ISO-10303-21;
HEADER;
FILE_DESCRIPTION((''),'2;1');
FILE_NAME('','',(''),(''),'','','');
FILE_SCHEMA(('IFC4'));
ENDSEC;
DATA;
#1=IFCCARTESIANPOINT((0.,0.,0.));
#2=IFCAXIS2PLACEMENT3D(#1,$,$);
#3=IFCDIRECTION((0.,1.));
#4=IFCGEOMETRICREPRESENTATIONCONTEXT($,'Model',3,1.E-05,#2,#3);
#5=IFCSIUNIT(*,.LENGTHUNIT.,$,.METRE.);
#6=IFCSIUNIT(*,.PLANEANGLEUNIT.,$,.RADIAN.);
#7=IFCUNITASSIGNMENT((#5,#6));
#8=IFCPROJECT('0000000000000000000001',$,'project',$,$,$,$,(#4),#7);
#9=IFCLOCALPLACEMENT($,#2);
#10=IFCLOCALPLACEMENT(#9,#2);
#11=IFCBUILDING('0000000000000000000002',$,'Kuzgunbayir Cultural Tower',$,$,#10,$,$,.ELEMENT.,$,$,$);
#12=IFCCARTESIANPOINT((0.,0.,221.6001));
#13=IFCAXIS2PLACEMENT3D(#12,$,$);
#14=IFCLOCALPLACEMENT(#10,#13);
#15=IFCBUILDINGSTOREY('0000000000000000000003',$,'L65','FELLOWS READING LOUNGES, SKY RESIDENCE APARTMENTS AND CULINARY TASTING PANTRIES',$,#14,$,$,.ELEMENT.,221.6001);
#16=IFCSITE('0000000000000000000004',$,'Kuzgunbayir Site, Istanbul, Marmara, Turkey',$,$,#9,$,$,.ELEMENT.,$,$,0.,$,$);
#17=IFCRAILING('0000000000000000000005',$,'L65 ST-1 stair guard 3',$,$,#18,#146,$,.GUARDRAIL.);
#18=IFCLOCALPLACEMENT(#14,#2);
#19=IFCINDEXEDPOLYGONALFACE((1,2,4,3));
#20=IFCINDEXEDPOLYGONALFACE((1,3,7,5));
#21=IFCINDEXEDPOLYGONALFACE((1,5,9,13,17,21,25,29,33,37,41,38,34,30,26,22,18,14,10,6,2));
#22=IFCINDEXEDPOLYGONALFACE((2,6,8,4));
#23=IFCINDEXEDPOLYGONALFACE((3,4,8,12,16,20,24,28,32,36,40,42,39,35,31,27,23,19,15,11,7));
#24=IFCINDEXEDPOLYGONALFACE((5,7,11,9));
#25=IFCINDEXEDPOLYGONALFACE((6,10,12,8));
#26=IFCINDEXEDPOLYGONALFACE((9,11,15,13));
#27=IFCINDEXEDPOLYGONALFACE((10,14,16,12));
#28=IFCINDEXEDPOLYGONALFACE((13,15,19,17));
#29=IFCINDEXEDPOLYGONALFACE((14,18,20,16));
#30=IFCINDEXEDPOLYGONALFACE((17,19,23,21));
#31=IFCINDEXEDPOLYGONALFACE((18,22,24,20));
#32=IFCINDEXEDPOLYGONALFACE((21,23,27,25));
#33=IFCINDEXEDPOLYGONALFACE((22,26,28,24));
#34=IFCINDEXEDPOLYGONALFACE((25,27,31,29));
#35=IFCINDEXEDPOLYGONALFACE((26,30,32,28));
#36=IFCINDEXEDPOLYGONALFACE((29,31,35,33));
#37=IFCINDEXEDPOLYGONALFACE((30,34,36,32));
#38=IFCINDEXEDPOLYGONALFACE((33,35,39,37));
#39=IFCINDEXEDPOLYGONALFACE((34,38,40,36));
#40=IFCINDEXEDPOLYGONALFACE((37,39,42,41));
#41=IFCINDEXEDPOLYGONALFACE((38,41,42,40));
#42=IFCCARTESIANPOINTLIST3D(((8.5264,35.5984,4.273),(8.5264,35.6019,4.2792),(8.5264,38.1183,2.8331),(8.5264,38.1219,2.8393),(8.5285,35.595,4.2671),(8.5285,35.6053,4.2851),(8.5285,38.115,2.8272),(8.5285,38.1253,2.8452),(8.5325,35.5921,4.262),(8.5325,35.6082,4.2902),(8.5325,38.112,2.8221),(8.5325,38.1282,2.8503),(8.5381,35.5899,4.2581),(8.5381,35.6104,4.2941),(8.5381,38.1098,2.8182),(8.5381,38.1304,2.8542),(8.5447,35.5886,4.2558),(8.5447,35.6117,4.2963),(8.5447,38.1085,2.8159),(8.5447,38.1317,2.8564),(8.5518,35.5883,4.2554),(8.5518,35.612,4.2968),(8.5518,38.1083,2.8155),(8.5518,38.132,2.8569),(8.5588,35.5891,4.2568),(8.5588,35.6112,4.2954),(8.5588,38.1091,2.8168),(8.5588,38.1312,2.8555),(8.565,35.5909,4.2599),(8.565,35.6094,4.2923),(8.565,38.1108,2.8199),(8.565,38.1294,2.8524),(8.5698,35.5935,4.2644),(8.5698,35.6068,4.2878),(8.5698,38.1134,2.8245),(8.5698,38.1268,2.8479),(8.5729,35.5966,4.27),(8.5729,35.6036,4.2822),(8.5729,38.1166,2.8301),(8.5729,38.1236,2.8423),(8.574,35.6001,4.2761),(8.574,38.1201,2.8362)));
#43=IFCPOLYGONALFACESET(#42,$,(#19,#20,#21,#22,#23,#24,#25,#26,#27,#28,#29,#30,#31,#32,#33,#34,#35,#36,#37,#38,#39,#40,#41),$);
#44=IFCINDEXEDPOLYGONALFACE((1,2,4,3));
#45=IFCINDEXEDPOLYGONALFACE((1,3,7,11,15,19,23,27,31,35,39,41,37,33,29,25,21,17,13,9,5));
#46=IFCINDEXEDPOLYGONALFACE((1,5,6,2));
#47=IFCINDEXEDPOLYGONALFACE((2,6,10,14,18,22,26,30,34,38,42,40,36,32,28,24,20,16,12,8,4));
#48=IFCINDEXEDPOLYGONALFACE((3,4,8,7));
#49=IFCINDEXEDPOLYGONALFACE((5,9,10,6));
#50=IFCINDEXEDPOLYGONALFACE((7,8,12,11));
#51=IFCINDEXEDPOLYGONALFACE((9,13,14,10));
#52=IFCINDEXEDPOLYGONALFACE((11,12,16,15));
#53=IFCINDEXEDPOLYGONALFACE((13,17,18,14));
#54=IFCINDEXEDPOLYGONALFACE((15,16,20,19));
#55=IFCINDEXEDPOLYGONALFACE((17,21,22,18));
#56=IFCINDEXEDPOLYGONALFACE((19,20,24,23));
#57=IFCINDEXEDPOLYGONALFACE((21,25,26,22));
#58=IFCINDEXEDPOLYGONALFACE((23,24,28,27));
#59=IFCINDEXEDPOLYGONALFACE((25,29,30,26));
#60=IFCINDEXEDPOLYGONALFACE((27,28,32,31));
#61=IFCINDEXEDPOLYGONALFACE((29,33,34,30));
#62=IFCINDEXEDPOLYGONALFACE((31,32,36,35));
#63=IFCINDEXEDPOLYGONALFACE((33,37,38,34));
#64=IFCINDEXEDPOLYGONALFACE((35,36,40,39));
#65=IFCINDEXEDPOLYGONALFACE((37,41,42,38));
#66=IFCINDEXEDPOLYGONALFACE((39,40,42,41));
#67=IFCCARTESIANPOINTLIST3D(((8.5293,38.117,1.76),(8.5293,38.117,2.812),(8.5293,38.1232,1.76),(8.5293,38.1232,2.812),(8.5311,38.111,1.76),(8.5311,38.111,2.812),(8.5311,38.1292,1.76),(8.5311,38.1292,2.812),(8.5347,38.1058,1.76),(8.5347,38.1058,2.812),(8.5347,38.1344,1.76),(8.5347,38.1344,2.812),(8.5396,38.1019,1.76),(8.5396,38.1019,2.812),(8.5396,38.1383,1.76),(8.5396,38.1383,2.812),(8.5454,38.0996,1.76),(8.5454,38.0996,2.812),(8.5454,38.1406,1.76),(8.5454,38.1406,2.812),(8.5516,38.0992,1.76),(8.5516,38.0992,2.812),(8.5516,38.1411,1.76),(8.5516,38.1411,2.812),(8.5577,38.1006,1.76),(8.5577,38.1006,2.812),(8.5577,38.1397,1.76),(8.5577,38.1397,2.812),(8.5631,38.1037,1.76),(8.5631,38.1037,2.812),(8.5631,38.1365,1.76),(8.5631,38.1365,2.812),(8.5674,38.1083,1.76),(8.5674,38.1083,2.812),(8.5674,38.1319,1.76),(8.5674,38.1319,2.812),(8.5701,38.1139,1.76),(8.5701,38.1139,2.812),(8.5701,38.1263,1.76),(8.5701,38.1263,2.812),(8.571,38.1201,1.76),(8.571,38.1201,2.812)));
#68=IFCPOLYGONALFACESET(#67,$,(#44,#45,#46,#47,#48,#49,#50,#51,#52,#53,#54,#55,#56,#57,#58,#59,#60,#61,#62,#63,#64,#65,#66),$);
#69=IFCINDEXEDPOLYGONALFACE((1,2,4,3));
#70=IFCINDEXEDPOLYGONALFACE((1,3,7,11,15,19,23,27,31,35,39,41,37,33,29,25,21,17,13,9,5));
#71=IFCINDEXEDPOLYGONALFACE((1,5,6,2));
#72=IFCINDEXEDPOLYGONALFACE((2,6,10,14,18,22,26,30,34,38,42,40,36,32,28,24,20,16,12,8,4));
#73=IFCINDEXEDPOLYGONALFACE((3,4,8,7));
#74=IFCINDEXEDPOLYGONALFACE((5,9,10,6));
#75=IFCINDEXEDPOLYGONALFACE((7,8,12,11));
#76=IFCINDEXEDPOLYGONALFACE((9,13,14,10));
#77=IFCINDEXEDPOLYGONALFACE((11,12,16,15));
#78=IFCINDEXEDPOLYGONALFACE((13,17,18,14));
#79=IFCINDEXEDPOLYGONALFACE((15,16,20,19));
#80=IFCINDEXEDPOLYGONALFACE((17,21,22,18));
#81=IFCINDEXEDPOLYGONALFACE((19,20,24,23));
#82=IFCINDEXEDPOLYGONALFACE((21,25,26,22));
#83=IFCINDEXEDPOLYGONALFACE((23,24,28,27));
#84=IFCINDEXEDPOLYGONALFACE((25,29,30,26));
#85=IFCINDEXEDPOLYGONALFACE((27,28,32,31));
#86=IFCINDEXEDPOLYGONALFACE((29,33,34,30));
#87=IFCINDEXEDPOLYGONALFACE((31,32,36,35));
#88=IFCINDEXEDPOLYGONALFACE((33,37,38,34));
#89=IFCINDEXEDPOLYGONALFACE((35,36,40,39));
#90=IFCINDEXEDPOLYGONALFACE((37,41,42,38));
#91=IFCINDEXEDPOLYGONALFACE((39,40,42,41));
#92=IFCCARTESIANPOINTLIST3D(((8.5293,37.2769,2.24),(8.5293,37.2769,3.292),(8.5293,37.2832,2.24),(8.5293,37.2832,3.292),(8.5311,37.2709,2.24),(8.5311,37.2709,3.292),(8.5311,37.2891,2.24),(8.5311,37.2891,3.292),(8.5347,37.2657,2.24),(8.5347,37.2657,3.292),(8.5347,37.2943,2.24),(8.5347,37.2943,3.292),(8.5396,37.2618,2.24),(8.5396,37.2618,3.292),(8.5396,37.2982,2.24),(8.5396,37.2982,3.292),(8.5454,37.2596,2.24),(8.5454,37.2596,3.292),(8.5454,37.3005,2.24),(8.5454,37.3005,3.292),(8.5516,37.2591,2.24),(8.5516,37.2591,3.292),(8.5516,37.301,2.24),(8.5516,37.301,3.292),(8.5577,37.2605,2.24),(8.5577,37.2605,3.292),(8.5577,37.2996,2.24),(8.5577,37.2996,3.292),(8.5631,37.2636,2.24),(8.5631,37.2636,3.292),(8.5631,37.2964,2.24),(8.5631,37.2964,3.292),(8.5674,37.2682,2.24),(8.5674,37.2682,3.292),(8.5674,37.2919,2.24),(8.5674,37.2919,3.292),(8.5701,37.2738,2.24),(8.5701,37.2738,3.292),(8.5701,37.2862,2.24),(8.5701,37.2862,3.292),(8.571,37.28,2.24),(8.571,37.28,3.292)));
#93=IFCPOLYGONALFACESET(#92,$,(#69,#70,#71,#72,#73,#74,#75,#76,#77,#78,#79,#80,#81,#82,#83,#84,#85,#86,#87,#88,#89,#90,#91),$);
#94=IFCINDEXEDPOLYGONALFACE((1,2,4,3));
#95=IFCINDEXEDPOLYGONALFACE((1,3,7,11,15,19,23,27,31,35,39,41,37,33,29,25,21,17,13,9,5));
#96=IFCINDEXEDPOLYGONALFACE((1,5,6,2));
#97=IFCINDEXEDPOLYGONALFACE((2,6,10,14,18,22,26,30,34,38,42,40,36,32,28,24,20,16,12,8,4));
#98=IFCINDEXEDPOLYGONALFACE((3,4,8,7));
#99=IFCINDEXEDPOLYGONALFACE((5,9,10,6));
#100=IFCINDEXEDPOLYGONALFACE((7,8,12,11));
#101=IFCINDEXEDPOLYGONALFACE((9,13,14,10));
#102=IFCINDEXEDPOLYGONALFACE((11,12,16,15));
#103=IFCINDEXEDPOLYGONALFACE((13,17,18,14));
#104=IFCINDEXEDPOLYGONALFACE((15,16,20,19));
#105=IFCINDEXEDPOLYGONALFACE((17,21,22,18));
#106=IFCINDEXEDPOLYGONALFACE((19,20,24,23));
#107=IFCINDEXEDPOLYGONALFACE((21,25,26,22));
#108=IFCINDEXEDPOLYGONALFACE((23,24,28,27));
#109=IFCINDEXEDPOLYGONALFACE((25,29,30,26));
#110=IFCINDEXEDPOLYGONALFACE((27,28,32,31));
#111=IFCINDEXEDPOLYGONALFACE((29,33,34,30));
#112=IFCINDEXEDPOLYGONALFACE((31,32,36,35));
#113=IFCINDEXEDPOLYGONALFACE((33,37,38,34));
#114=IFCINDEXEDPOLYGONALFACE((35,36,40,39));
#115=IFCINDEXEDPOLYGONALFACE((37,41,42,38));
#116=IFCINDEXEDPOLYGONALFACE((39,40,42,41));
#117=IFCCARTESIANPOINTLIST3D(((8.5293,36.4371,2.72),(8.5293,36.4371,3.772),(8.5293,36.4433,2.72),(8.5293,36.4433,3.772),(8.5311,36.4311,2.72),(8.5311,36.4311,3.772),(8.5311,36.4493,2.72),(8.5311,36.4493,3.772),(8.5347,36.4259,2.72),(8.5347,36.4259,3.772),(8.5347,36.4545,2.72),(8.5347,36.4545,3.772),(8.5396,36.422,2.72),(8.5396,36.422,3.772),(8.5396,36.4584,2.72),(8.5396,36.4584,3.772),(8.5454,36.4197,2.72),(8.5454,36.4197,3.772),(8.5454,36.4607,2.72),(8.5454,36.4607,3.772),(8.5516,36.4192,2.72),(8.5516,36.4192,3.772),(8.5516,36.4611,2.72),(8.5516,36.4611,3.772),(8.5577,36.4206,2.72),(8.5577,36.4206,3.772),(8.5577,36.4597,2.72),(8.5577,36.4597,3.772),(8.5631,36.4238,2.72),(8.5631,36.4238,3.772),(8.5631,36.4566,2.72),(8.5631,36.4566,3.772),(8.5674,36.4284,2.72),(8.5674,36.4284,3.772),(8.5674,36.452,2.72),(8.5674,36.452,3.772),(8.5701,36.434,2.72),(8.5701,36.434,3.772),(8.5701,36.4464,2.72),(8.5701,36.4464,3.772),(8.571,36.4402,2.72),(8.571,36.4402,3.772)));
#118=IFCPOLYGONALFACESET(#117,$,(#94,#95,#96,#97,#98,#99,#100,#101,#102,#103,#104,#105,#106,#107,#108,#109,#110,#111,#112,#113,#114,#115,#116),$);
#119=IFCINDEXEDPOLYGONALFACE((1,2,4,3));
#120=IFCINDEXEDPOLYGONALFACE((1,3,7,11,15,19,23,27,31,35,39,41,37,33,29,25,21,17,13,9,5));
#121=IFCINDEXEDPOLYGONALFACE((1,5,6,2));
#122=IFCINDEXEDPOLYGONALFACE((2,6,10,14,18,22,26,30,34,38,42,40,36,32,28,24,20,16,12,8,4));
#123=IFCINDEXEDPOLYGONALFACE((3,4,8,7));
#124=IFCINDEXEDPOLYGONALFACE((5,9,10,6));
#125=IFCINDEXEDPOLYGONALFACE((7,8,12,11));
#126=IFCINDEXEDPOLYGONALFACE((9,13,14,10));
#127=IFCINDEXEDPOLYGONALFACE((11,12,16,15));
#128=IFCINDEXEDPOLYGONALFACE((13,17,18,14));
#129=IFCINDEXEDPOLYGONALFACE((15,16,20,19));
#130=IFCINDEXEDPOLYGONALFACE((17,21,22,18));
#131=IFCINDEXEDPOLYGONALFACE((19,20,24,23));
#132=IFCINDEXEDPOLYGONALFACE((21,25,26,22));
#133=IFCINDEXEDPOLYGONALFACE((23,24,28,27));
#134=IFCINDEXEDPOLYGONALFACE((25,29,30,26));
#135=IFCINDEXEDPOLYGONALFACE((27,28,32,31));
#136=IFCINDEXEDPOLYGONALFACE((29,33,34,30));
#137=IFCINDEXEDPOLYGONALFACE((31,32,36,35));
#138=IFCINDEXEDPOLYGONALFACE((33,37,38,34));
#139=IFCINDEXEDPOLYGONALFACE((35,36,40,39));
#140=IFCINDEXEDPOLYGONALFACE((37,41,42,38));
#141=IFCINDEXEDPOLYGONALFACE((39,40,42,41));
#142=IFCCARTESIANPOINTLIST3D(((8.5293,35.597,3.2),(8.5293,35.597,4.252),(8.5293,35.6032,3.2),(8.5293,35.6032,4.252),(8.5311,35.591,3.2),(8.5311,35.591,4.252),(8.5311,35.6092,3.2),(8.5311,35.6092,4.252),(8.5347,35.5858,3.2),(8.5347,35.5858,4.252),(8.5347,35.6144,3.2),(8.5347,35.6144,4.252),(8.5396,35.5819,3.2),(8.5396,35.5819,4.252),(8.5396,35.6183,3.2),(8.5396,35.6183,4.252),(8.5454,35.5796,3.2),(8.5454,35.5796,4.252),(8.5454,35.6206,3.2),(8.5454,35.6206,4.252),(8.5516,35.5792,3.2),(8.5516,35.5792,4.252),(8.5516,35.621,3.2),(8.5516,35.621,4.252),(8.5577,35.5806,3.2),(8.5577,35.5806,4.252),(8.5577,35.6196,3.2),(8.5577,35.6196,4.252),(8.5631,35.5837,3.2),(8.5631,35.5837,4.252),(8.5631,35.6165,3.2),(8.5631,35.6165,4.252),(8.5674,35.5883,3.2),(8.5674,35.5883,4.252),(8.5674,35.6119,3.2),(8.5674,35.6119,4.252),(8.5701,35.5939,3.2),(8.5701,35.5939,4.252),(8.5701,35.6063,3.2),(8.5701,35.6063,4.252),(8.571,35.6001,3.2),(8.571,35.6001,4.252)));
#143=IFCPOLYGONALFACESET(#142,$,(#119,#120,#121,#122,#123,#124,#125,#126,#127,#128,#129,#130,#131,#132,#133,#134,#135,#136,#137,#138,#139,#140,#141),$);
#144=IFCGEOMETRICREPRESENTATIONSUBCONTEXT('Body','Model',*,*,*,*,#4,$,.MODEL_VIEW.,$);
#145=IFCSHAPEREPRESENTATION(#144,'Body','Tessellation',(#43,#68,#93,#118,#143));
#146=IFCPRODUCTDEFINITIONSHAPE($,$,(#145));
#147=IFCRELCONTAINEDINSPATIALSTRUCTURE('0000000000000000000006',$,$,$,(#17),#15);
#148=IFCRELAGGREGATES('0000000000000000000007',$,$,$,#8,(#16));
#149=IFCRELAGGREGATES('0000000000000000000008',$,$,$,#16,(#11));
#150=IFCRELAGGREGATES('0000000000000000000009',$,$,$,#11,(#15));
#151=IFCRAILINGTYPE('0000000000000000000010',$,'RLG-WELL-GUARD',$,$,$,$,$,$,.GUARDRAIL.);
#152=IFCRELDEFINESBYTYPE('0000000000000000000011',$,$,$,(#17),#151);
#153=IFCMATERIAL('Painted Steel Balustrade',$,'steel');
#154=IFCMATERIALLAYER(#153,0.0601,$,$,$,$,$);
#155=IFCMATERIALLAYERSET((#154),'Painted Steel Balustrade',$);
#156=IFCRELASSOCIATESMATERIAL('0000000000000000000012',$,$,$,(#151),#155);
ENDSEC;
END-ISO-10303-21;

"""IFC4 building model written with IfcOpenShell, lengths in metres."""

from ifc_helpers import new_model, si_unit, direction, frame, origin, origin_2d, place, context, subcontext, project, spatial, circle, extrude, material, layer, layer_set, type_object, element, save


model = new_model("IFC4")

# Units and contexts
model_context = context("Model", 3, precision=1e-05, world=origin(), true_north=direction((0.0, 1.0)))
body_context = subcontext(model_context, "Body", "Model", "MODEL_VIEW")
ifc_project = project(units=[si_unit("LENGTHUNIT", "METRE"), si_unit("PLANEANGLEUNIT", "RADIAN")], contexts=[model_context])

# Site, building, storey
site_placement = place(None, origin())
site = spatial("IfcSite", under=ifc_project, at=site_placement, Name="Kuzgunbayir Site, Istanbul, Marmara, Turkey", CompositionType="ELEMENT", RefElevation=0.0)
building_placement = place(site_placement, origin())
building = spatial("IfcBuilding", under=site, at=building_placement, Name="Kuzgunbayir Cultural Tower", CompositionType="ELEMENT")
storey_placement = place(building_placement, frame((0.0, 0.0, 221.6001)))
storey = spatial("IfcBuildingStorey", under=building, at=storey_placement, Name="L65", Description="FELLOWS READING LOUNGES, SKY RESIDENCE APARTMENTS AND CULINARY TASTING PANTRIES", CompositionType="ELEMENT", Elevation=221.6001)

# Railing
ifc_material_1 = material(Name="Painted Steel Balustrade", Category="steel")
ifc_layer_1 = layer(ifc_material_1, 0.0601)
ifc_layer_set_1 = layer_set([ifc_layer_1], Name="Painted Steel Balustrade")
railing_type_1 = type_object("IfcRailingType", Name="RLG-WELL-GUARD", PredefinedType="GUARDRAIL", material=ifc_layer_set_1)
railing_1_placement = place(storey_placement, frame((8.55, 38.1201, 1.76)))
element("IfcRailing", 1, at=railing_1_placement, inside=storey, type_object=railing_type_1, Name="L65 ST-1 stair guard 3", PredefinedType="GUARDRAIL", context=body_context, shape_type="SweptSolid", body=[
    extrude(circle(Radius=0.0239, at=origin_2d()), frame((0.0, 0.0, 1.0762), z_axis=(0.0, -0.868253, 0.496121), x_axis=(1.0, 0.0, 0.0)), (0.0, 0.0, 1.0), 2.9023),
    extrude(circle(Radius=0.021, at=origin_2d()), origin(), (0.0, 0.0, 1.0), 1.052),
    extrude(circle(Radius=0.021, at=origin_2d()), frame((0.0, -0.8401, 0.48)), (0.0, 0.0, 1.0), 1.052),
    extrude(circle(Radius=0.021, at=origin_2d()), frame((0.0, -1.6799, 0.96)), (0.0, 0.0, 1.0), 1.052),
    extrude(circle(Radius=0.021, at=origin_2d()), frame((0.0, -2.52, 1.4399)), (0.0, 0.0, 1.0), 1.052),
])

save(model, "model.ifc")
